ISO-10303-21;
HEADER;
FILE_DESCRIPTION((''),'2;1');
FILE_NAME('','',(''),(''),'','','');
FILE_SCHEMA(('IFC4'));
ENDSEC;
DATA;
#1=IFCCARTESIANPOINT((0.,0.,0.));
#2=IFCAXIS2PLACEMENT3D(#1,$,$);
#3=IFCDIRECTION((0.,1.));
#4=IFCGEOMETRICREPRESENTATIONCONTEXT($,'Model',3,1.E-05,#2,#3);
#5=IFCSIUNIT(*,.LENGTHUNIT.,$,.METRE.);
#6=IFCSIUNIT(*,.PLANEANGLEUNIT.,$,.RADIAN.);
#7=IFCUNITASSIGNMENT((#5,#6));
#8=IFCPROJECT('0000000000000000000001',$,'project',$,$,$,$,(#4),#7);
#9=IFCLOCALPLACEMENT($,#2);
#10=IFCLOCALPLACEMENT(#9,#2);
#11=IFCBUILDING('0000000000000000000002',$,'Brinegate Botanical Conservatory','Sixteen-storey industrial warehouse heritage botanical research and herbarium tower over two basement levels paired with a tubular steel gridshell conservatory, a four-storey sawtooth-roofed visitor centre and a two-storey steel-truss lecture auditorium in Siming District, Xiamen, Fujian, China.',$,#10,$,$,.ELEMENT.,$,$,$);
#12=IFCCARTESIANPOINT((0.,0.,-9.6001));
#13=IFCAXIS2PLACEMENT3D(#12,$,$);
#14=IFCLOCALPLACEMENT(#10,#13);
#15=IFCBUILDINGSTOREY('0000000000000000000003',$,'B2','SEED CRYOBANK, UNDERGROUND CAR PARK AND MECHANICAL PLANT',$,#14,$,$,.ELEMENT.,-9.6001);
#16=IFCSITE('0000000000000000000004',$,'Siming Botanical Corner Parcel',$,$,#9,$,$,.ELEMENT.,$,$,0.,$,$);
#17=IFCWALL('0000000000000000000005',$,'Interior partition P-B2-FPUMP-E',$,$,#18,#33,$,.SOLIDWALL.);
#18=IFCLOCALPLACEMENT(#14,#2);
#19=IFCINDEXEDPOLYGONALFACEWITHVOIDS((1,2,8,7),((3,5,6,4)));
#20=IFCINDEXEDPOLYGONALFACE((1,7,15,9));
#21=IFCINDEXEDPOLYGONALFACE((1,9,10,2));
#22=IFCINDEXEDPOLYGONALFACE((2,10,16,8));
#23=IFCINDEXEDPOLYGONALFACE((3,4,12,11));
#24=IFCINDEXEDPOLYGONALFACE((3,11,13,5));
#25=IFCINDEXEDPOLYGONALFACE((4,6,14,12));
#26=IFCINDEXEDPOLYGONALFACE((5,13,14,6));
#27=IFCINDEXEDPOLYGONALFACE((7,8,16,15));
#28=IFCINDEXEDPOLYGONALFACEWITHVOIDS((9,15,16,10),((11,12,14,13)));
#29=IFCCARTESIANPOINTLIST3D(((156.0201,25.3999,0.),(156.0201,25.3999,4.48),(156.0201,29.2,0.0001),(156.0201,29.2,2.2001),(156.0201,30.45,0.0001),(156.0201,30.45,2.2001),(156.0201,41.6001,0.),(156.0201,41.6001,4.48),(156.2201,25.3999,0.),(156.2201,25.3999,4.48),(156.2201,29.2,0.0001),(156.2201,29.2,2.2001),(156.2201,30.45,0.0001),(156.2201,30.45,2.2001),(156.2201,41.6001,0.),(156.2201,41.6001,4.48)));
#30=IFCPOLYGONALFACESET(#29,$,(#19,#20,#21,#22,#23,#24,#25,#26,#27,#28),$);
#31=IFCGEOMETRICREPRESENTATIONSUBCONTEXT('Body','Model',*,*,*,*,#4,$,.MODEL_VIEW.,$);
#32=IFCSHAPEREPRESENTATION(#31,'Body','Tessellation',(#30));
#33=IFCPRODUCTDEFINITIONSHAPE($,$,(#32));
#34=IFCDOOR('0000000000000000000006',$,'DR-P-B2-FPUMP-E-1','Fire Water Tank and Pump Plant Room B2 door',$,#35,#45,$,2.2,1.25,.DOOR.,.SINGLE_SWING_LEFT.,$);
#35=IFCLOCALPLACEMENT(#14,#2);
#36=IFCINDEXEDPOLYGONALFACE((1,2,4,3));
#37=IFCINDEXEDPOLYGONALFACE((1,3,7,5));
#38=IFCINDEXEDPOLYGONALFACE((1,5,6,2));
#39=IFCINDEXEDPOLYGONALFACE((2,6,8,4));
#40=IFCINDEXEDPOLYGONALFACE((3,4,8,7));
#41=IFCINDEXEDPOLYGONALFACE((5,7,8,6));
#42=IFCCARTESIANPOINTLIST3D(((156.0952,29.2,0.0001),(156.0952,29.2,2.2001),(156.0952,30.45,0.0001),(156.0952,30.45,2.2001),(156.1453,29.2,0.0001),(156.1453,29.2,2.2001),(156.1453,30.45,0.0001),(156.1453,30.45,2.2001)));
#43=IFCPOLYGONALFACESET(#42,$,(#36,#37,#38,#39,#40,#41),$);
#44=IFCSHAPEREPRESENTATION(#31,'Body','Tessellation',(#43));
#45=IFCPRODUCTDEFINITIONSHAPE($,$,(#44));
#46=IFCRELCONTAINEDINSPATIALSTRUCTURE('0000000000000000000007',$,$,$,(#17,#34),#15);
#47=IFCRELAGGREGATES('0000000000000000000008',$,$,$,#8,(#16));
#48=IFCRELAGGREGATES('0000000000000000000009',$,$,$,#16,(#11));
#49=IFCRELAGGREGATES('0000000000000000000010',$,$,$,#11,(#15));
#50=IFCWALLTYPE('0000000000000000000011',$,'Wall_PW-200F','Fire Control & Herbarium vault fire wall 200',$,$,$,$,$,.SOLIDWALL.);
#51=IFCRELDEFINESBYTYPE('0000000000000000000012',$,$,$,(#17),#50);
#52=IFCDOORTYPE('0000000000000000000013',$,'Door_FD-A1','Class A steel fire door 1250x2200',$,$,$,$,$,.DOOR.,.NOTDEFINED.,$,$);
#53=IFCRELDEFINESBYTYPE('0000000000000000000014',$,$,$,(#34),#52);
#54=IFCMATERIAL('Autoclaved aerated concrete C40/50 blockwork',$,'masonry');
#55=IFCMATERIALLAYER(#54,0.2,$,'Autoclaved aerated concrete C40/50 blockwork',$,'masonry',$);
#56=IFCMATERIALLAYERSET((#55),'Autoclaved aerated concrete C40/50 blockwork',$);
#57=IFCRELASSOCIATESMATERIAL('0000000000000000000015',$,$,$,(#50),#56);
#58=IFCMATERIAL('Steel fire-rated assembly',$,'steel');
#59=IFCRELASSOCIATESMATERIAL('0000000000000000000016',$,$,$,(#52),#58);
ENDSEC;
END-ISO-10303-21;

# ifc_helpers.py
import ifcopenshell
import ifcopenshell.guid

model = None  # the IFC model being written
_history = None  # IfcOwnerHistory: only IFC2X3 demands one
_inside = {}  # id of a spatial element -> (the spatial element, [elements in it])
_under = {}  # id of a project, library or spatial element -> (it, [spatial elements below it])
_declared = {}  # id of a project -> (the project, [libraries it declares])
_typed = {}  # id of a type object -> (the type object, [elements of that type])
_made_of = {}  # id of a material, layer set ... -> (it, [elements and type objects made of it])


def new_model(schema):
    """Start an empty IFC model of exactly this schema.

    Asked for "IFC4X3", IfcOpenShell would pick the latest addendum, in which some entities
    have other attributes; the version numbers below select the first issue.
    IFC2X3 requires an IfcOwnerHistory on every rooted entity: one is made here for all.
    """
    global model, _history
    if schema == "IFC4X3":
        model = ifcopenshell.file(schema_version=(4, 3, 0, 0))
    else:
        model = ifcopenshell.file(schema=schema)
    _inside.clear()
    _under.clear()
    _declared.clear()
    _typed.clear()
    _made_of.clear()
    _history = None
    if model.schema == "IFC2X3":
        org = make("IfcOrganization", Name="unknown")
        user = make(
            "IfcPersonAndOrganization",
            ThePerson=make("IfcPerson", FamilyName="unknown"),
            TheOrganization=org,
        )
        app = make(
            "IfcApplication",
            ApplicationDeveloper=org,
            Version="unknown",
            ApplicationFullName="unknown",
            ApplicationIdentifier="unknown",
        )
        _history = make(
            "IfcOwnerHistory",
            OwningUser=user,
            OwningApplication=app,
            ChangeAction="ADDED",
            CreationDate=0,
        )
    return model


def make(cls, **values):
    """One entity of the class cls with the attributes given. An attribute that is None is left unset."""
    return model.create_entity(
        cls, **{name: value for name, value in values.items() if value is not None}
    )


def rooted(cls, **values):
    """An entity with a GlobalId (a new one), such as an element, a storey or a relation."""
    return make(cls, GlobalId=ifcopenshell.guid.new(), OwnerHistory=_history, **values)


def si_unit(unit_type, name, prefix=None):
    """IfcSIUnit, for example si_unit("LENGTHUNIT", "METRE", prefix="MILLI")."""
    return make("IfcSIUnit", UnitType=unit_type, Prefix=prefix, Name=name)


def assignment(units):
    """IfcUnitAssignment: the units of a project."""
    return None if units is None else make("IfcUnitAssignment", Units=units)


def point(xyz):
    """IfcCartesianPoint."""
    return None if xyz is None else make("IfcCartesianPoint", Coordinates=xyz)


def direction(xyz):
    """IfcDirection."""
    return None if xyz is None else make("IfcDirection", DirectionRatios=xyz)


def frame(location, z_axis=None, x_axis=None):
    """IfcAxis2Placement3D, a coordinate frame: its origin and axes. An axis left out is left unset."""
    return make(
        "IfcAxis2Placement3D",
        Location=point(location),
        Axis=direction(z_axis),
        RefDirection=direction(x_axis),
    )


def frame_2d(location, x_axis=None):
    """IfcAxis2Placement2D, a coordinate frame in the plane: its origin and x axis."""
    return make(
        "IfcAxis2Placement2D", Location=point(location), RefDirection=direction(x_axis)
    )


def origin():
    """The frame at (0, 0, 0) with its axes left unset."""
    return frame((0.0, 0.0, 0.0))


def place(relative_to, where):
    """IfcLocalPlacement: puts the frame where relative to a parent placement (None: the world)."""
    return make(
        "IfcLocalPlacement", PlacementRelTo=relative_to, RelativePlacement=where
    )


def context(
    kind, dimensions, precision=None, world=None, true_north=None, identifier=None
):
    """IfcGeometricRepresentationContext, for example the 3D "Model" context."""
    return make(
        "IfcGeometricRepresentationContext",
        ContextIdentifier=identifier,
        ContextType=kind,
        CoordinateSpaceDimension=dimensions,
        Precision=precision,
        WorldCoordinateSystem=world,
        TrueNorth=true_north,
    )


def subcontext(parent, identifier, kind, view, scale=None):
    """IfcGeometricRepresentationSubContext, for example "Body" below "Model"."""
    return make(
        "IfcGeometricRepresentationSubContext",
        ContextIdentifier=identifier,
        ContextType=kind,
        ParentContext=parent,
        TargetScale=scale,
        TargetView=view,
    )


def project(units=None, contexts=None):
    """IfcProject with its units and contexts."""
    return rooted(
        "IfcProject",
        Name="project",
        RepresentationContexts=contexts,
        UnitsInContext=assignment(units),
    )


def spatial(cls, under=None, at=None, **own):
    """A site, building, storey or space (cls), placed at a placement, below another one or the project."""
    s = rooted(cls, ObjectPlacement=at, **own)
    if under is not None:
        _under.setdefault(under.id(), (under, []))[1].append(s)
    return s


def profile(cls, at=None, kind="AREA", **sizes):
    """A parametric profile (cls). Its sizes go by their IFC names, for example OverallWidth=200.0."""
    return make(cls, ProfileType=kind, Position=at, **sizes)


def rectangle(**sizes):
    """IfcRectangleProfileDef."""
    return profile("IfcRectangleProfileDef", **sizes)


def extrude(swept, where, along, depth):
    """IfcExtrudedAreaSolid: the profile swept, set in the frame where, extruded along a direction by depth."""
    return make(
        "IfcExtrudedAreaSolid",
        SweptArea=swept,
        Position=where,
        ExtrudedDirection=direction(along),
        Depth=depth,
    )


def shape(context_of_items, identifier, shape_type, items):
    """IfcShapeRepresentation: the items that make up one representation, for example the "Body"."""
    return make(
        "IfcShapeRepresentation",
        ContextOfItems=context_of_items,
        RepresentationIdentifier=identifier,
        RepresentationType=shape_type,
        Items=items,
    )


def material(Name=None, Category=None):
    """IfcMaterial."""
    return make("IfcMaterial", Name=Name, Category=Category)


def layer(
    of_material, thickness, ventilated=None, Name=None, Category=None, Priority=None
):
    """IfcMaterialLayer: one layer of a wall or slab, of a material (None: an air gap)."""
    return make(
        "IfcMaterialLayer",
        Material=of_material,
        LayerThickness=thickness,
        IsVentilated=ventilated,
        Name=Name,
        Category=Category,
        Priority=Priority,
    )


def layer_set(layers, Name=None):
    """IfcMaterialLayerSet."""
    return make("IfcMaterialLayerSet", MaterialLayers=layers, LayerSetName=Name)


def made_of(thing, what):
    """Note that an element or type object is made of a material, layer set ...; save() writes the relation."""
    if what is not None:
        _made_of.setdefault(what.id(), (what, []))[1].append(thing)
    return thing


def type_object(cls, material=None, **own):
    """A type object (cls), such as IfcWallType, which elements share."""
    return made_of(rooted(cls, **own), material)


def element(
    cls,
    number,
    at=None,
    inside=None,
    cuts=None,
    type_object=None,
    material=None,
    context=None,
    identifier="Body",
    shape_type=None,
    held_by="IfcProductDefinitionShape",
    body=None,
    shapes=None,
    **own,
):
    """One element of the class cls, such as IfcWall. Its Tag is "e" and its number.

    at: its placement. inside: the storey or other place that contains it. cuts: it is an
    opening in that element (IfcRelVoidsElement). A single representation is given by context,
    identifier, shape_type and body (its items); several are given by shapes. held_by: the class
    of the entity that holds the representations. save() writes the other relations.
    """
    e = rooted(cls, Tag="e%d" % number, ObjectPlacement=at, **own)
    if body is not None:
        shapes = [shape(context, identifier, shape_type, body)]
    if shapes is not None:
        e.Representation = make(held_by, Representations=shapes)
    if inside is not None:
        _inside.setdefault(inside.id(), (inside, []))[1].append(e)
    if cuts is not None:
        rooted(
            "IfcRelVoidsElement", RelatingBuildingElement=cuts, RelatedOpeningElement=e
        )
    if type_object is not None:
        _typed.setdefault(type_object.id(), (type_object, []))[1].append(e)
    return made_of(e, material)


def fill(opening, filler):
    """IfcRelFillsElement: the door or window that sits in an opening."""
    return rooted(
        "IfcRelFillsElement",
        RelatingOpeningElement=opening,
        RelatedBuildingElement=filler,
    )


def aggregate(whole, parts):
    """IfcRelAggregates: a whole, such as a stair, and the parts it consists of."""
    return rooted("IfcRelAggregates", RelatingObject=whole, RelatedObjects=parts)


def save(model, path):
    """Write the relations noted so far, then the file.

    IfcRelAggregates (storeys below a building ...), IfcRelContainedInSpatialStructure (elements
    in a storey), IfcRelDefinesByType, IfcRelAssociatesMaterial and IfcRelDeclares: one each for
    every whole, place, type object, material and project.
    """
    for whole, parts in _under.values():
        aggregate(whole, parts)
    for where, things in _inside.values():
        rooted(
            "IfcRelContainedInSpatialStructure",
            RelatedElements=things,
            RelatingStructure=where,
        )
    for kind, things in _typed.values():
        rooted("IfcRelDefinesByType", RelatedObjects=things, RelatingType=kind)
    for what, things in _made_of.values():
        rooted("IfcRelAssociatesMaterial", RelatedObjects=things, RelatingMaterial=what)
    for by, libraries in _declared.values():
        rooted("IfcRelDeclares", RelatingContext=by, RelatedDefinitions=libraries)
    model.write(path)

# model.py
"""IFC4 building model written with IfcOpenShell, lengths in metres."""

from ifc_helpers import new_model, si_unit, direction, frame, frame_2d, origin, place, context, subcontext, project, spatial, rectangle, extrude, material, layer, layer_set, type_object, element, fill, save


model = new_model("IFC4")

# Units and contexts
model_context = context("Model", 3, precision=1e-05, world=origin(), true_north=direction((0.0, 1.0)))
body_context = subcontext(model_context, "Body", "Model", "MODEL_VIEW")
ifc_project = project(units=[si_unit("LENGTHUNIT", "METRE"), si_unit("PLANEANGLEUNIT", "RADIAN")], contexts=[model_context])

# Site, building, storey
site_placement = place(None, origin())
site = spatial("IfcSite", under=ifc_project, at=site_placement, Name="Siming Botanical Corner Parcel", CompositionType="ELEMENT", RefElevation=0.0)
building_placement = place(site_placement, origin())
building = spatial("IfcBuilding", under=site, at=building_placement, Name="Brinegate Botanical Conservatory", Description="Sixteen-storey industrial warehouse heritage botanical research and herbarium tower over two basement levels paired with a tubular steel gridshell conservatory, a four-storey sawtooth-roofed visitor centre and a two-storey steel-truss lecture auditorium in Siming District, Xiamen, Fujian, China.", CompositionType="ELEMENT")
storey_placement = place(building_placement, frame((0.0, 0.0, -9.6001)))
storey = spatial("IfcBuildingStorey", under=building, at=storey_placement, Name="B2", Description="SEED CRYOBANK, UNDERGROUND CAR PARK AND MECHANICAL PLANT", CompositionType="ELEMENT", Elevation=-9.6001)

# Wall, opening, door
ifc_material_1 = material(Name="Autoclaved aerated concrete C40/50 blockwork", Category="masonry")
ifc_layer = layer(ifc_material_1, 0.2, Name="Autoclaved aerated concrete C40/50 blockwork", Category="masonry")
ifc_layer_set = layer_set([ifc_layer], Name="Autoclaved aerated concrete C40/50 blockwork")
wall_type = type_object("IfcWallType", Name="Wall_PW-200F", Description="Fire Control & Herbarium vault fire wall 200", PredefinedType="SOLIDWALL", material=ifc_layer_set)
wall_placement = place(storey_placement, frame((156.1201, 25.3999, 0.0), z_axis=(0.0, 0.0, 1.0), x_axis=(0.0, 1.0, 0.0)))
wall = element("IfcWall", 1, at=wall_placement, inside=storey, type_object=wall_type, Name="Interior partition P-B2-FPUMP-E", PredefinedType="SOLIDWALL", context=body_context, shape_type="SweptSolid", body=[
    extrude(rectangle(XDim=16.2002, YDim=0.2, at=frame_2d((8.1001, 0.0))), origin(), (0.0, 0.0, 1.0), 4.48),
])
opening_placement = place(wall_placement, frame((3.8, 0.0, 0.0)))
opening = element("IfcOpeningElement", 2, at=opening_placement, cuts=wall, PredefinedType="OPENING", context=body_context, shape_type="SweptSolid", body=[
    extrude(rectangle(XDim=1.25, YDim=2.2, at=frame_2d((0.625, 1.1001))), frame((0.0, 0.1099, 0.0), z_axis=(0.0, -1.0, 0.0), x_axis=(1.0, 0.0, 0.0)), (0.0, 0.0, 1.0), 0.22),
])
ifc_material_2 = material(Name="Steel fire-rated assembly", Category="steel")
door_type = type_object("IfcDoorType", Name="Door_FD-A1", Description="Class A steel fire door 1250x2200", OperationType="NOTDEFINED", PredefinedType="DOOR", material=ifc_material_2)
door_placement = place(opening_placement, origin())
door = element("IfcDoor", 3, at=door_placement, inside=storey, type_object=door_type, Name="DR-P-B2-FPUMP-E-1", Description="Fire Water Tank and Pump Plant Room B2 door", OperationType="SINGLE_SWING_LEFT", OverallHeight=2.2, OverallWidth=1.25, PredefinedType="DOOR", context=body_context, shape_type="SweptSolid", body=[
    extrude(rectangle(XDim=1.25, YDim=2.2, at=frame_2d((0.625, 1.1001))), frame((0.0, 0.0249, 0.0), z_axis=(0.0, -1.0, 0.0), x_axis=(1.0, 0.0, 0.0)), (0.0, 0.0, 1.0), 0.05),
])
fill(opening, door)

save(model, "model.ifc")
